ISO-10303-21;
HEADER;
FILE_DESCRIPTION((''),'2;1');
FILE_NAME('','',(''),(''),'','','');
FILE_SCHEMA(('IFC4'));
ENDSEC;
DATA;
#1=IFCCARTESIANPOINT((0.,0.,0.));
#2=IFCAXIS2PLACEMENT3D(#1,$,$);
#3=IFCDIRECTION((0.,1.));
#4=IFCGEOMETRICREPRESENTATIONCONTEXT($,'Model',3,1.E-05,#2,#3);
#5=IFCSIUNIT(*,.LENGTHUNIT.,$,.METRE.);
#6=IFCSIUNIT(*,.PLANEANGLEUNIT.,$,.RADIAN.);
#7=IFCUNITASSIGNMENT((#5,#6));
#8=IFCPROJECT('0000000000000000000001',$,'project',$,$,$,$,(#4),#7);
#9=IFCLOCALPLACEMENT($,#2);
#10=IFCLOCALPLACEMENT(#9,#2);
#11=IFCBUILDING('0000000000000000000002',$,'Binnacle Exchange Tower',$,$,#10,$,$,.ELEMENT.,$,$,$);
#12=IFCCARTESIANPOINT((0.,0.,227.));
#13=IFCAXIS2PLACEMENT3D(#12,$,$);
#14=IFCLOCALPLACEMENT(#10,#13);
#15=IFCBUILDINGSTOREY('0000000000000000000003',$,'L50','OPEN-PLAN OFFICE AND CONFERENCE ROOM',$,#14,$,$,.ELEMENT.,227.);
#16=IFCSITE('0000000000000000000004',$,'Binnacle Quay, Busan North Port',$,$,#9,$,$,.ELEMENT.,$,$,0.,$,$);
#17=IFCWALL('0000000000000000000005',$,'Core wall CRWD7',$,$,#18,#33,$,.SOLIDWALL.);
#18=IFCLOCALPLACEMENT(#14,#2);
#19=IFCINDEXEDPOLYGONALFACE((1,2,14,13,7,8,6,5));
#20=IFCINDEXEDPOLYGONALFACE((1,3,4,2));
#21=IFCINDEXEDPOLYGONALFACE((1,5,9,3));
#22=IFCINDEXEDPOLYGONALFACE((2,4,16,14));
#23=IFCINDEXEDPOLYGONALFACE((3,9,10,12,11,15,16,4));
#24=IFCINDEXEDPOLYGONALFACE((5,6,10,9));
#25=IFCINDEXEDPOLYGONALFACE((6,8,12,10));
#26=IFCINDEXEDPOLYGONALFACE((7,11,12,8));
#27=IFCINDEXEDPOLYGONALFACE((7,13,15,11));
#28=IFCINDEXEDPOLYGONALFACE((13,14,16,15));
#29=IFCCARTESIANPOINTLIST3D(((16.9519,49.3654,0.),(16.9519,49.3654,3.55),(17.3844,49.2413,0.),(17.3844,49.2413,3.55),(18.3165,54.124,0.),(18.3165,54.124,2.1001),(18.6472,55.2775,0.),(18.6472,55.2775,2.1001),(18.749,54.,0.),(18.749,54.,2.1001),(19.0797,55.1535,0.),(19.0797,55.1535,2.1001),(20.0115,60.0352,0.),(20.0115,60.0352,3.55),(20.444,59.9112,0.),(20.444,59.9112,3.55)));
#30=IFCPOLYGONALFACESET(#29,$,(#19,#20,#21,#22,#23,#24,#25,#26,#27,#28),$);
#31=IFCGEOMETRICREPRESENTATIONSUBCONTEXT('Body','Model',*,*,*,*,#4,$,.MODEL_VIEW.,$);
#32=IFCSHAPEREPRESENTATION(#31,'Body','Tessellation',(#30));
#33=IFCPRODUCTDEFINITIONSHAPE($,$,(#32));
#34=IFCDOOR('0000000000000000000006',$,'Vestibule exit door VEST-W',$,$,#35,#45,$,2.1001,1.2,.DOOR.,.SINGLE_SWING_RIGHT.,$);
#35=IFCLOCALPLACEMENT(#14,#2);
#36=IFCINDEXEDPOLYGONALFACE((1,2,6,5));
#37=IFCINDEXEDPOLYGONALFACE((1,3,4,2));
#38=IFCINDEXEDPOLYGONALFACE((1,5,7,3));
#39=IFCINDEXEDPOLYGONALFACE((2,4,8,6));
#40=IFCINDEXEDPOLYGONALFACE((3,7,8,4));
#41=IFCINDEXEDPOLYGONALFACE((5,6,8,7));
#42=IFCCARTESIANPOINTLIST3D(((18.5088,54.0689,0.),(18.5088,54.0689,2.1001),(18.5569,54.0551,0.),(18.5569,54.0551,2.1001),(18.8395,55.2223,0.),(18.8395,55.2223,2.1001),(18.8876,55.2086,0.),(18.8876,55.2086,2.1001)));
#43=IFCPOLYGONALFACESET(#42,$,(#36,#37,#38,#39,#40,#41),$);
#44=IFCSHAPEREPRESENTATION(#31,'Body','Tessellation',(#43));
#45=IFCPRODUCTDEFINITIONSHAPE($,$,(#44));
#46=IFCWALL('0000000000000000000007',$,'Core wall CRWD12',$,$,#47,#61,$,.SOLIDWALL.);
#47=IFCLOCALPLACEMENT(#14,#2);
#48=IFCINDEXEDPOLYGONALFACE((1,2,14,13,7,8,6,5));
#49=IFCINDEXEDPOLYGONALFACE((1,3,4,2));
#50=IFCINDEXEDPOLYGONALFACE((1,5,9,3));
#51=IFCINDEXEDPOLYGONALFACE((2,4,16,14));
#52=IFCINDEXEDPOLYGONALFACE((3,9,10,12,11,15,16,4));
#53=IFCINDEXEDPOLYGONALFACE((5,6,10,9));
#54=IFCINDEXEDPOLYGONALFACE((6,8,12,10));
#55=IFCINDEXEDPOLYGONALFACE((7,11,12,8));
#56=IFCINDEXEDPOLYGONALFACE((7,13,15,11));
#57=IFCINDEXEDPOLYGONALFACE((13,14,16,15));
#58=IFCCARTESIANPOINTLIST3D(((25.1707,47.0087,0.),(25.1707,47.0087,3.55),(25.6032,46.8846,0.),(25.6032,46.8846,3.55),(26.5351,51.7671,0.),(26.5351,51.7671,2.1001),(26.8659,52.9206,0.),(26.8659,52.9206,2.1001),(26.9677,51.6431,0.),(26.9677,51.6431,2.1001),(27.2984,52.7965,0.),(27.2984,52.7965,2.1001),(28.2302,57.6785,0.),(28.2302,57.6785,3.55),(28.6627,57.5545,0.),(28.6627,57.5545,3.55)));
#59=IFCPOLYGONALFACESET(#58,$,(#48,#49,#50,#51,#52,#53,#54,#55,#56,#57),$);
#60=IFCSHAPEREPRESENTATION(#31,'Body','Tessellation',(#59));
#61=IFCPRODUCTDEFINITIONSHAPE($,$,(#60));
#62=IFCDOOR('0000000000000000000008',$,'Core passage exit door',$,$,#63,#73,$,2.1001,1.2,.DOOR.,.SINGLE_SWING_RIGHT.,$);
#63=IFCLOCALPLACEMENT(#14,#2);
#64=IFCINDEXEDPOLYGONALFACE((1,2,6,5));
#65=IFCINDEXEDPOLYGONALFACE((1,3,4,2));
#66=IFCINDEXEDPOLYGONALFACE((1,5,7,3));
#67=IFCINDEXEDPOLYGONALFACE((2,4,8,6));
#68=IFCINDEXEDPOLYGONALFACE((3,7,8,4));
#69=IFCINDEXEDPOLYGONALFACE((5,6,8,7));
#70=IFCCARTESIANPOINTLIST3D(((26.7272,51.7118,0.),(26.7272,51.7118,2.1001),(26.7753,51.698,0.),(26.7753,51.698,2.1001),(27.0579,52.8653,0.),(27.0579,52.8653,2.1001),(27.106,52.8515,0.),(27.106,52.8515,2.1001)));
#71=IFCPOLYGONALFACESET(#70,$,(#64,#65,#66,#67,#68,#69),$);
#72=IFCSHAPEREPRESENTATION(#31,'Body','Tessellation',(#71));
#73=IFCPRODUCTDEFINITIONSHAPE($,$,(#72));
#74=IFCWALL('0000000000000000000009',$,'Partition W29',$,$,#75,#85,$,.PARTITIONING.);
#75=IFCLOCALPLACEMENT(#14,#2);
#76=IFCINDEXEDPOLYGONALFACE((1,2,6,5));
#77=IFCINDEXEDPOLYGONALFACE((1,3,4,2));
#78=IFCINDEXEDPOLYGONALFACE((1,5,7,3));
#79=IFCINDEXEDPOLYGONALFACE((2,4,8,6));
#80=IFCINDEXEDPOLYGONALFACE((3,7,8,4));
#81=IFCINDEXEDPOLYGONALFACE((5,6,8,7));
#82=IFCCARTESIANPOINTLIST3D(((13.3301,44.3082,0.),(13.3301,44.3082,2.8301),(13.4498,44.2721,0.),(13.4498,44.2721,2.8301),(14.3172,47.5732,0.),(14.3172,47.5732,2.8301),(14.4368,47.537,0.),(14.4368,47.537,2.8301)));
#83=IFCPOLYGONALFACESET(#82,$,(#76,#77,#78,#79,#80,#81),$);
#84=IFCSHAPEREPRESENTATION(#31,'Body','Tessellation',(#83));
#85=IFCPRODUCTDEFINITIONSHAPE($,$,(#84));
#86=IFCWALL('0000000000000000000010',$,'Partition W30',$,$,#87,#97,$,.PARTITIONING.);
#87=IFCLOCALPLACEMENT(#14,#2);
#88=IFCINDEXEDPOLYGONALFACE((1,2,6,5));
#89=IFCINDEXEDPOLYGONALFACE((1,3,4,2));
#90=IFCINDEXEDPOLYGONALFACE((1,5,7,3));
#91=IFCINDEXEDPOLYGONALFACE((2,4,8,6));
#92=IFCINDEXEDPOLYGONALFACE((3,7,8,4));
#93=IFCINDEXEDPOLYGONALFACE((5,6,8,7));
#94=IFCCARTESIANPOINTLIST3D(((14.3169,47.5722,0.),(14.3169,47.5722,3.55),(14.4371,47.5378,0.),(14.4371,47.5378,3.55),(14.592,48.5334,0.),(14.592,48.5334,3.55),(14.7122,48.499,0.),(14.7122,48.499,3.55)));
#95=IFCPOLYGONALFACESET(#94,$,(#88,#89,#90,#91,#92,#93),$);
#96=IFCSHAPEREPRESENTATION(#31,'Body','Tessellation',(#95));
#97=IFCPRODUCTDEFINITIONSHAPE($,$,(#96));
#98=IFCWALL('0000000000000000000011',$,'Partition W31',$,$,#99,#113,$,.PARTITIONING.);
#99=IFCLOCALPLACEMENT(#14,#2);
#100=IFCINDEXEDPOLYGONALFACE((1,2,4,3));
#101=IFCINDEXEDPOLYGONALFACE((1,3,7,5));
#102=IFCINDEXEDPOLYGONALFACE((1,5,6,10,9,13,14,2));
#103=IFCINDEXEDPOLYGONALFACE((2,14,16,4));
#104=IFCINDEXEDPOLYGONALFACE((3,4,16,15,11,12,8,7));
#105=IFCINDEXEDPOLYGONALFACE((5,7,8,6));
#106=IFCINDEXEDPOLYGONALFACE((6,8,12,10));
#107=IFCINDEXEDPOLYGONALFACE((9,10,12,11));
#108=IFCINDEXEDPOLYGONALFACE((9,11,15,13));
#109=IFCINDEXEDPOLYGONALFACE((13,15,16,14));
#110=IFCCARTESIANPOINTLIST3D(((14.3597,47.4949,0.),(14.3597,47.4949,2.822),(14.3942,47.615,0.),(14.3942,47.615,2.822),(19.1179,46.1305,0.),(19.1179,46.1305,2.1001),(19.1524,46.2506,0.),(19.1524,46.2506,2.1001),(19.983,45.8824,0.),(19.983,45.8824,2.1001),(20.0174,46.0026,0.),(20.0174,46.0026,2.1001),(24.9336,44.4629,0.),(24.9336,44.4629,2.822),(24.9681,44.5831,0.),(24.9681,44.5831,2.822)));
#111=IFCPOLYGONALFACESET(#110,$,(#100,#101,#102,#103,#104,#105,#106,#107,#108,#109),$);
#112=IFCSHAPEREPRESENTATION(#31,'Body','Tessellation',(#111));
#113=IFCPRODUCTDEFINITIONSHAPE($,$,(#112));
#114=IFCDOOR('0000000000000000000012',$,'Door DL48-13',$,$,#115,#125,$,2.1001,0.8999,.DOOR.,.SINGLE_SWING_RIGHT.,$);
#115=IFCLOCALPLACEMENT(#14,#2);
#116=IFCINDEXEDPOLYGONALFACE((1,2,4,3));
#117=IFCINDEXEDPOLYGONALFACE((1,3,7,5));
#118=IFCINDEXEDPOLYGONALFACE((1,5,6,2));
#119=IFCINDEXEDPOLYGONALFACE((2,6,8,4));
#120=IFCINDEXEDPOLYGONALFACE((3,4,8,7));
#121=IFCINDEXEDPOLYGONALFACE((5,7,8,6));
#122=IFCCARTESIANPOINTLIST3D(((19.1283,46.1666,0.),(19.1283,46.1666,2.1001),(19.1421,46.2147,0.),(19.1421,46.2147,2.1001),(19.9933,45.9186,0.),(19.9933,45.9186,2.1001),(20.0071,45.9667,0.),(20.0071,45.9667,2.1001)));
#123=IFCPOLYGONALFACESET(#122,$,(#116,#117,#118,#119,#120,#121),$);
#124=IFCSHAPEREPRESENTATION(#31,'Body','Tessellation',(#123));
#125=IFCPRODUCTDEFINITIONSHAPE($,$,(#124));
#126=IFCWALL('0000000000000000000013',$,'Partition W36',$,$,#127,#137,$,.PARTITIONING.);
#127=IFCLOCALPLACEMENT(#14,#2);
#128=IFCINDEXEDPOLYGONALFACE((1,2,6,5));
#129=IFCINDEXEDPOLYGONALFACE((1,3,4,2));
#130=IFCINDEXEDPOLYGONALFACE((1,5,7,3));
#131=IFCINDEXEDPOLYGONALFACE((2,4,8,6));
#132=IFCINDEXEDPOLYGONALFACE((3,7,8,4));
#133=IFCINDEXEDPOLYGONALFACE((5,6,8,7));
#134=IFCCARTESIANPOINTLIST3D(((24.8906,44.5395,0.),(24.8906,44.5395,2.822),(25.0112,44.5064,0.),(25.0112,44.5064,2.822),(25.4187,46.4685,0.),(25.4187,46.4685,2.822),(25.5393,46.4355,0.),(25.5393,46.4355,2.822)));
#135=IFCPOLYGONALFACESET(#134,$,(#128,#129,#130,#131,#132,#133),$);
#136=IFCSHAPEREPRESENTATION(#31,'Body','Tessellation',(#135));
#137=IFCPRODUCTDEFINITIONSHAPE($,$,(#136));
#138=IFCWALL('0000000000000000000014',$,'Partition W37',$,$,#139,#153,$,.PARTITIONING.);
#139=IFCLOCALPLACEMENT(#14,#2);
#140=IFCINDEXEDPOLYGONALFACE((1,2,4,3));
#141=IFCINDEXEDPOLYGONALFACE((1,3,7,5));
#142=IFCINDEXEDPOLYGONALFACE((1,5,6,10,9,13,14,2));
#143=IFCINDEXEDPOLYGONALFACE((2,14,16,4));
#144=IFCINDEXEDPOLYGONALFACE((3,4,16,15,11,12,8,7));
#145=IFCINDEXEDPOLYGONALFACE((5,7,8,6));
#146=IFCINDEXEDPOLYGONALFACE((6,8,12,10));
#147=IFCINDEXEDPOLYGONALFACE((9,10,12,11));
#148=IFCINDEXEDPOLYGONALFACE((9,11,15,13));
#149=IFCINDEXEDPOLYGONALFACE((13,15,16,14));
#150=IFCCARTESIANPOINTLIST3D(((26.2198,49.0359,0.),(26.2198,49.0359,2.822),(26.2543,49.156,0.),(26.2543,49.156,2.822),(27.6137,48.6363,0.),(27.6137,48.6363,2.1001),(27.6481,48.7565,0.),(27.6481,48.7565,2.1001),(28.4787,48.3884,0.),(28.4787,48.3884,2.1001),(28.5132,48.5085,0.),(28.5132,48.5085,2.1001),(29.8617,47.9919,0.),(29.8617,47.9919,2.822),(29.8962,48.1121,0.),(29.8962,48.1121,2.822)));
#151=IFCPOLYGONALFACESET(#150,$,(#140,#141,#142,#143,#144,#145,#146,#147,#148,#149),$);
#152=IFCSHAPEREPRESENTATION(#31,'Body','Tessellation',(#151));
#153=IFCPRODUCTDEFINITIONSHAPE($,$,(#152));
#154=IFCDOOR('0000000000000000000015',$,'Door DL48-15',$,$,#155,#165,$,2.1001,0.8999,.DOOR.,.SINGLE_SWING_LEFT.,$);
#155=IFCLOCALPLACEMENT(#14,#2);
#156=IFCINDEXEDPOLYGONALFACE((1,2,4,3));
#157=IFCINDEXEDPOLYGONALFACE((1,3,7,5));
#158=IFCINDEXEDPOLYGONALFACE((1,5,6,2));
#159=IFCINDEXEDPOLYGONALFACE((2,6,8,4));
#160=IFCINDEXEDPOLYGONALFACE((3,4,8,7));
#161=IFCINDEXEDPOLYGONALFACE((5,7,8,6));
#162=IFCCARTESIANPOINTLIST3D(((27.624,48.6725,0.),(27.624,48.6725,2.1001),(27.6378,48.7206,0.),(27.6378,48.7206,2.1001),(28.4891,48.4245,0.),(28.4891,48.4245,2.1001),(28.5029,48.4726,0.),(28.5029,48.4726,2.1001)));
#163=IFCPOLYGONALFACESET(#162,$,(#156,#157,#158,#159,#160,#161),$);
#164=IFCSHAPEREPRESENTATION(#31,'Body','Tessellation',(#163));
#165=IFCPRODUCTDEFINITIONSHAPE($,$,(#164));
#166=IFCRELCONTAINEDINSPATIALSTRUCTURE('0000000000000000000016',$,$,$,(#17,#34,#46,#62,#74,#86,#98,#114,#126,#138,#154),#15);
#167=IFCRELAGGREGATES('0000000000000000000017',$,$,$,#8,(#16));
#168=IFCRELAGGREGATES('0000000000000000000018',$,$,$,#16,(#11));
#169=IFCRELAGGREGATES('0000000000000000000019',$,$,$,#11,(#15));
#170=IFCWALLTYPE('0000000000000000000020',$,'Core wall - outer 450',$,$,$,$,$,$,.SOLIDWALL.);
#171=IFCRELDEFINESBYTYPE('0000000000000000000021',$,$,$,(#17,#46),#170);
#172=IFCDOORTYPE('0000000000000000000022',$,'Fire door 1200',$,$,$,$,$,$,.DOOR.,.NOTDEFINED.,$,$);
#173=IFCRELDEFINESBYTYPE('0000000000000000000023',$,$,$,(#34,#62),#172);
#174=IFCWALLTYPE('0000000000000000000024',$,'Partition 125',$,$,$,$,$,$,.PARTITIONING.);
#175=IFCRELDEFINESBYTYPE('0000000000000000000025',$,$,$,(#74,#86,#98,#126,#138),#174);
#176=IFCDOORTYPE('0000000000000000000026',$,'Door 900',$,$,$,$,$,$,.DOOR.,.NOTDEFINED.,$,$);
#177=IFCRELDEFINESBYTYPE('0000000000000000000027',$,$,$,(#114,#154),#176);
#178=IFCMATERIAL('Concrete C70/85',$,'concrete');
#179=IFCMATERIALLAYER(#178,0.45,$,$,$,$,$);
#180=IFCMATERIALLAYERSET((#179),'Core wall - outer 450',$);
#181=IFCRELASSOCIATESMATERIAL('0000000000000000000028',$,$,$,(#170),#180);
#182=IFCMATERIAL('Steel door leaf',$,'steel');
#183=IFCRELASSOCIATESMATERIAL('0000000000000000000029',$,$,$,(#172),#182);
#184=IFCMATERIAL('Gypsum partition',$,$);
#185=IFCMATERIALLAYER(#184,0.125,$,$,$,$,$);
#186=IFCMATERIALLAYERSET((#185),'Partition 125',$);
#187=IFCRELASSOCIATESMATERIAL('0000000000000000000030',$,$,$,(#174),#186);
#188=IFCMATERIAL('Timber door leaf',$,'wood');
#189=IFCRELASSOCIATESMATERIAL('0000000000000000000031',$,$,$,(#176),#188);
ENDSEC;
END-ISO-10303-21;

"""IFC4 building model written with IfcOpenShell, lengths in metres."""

from ifc_helpers import new_model, si_unit, direction, frame, frame_2d, origin, place, context, subcontext, project, spatial, rectangle, extrude, material, layer, layer_set, type_object, element, fill, save


model = new_model("IFC4")

# Units and contexts
model_context = context("Model", 3, precision=1e-05, world=origin(), true_north=direction((0.0, 1.0)))
body_context = subcontext(model_context, "Body", "Model", "MODEL_VIEW")
ifc_project = project(units=[si_unit("LENGTHUNIT", "METRE"), si_unit("PLANEANGLEUNIT", "RADIAN")], contexts=[model_context])

# Site, building, storey
site_placement = place(None, origin())
site = spatial("IfcSite", under=ifc_project, at=site_placement, Name="Binnacle Quay, Busan North Port", CompositionType="ELEMENT", RefElevation=0.0)
building_placement = place(site_placement, origin())
building = spatial("IfcBuilding", under=site, at=building_placement, Name="Binnacle Exchange Tower", CompositionType="ELEMENT")
storey_placement = place(building_placement, frame((0.0, 0.0, 227.0)))
storey = spatial("IfcBuildingStorey", under=building, at=storey_placement, Name="L50", Description="OPEN-PLAN OFFICE AND CONFERENCE ROOM", CompositionType="ELEMENT", Elevation=227.0)

# Shared definitions
ifc_material_1 = material(Name="Concrete C70/85", Category="concrete")
ifc_layer_1 = layer(ifc_material_1, 0.45)
ifc_layer_set_1 = layer_set([ifc_layer_1], Name="Core wall - outer 450")
wall_type_1 = type_object("IfcWallType", Name="Core wall - outer 450", PredefinedType="SOLIDWALL", material=ifc_layer_set_1)

# Walls, openings, doors
wall_1_placement = place(storey_placement, frame((17.1682, 49.3035, 0.0), z_axis=(0.0, 0.0, 1.0), x_axis=(0.275639, 0.961261, 0.0)))
wall_1 = element("IfcWall", 1, at=wall_1_placement, inside=storey, type_object=wall_type_1, Name="Core wall CRWD7", PredefinedType="SOLIDWALL", context=body_context, shape_type="SweptSolid", body=[
    extrude(rectangle(XDim=11.0999, YDim=0.45, at=frame_2d((5.5498, 0.0))), origin(), (0.0, 0.0, 1.0), 3.55),
])
opening_1_placement = place(wall_1_placement, frame((4.9502, 0.0, 0.0)))
opening_1 = element("IfcOpeningElement", 2, at=opening_1_placement, cuts=wall_1, PredefinedType="OPENING", context=body_context, shape_type="SweptSolid", body=[
    extrude(rectangle(XDim=1.2, YDim=2.1001, at=frame_2d((0.6001, 1.05))), frame((0.0, 0.2349, 0.0), z_axis=(0.0, -1.0, 0.0), x_axis=(1.0, 0.0, 0.0)), (0.0, 0.0, 1.0), 0.47),
])
ifc_material_2 = material(Name="Steel door leaf", Category="steel")
door_type_1 = type_object("IfcDoorType", Name="Fire door 1200", OperationType="NOTDEFINED", PredefinedType="DOOR", material=ifc_material_2)
door_1_placement = place(opening_1_placement, origin())
door_1 = element("IfcDoor", 3, at=door_1_placement, inside=storey, type_object=door_type_1, Name="Vestibule exit door VEST-W", OperationType="SINGLE_SWING_RIGHT", OverallHeight=2.1001, OverallWidth=1.2, PredefinedType="DOOR", context=body_context, shape_type="SweptSolid", body=[
    extrude(rectangle(XDim=1.2, YDim=2.1001, at=frame_2d((0.6001, 1.05))), frame((0.0, 0.0249, 0.0), z_axis=(0.0, -1.0, 0.0), x_axis=(1.0, 0.0, 0.0)), (0.0, 0.0, 1.0), 0.05),
])
fill(opening_1, door_1)
wall_2_placement = place(storey_placement, frame((25.387, 46.9468, 0.0), z_axis=(0.0, 0.0, 1.0), x_axis=(0.275639, 0.961261, 0.0)))
wall_2 = element("IfcWall", 4, at=wall_2_placement, inside=storey, type_object=wall_type_1, Name="Core wall CRWD12", PredefinedType="SOLIDWALL", context=body_context, shape_type="SweptSolid", body=[
    extrude(rectangle(XDim=11.0999, YDim=0.45, at=frame_2d((5.5498, 0.0))), origin(), (0.0, 0.0, 1.0), 3.55),
])
opening_2_placement = place(wall_2_placement, frame((4.95, 0.0, 0.0)))
opening_2 = element("IfcOpeningElement", 5, at=opening_2_placement, cuts=wall_2, PredefinedType="OPENING", context=body_context, shape_type="SweptSolid", body=[
    extrude(rectangle(XDim=1.2, YDim=2.1001, at=frame_2d((0.6001, 1.05))), frame((0.0, 0.2349, 0.0), z_axis=(0.0, -1.0, 0.0), x_axis=(1.0, 0.0, 0.0)), (0.0, 0.0, 1.0), 0.47),
])
door_2_placement = place(opening_2_placement, frame((1.2, 0.0, 0.0), z_axis=(0.0, 0.0, 1.0), x_axis=(-1.0, 0.0, 0.0)))
door_2 = element("IfcDoor", 6, at=door_2_placement, inside=storey, type_object=door_type_1, Name="Core passage exit door", OperationType="SINGLE_SWING_RIGHT", OverallHeight=2.1001, OverallWidth=1.2, PredefinedType="DOOR", context=body_context, shape_type="SweptSolid", body=[
    extrude(rectangle(XDim=1.2, YDim=2.1001, at=frame_2d((0.6001, 1.05))), frame((0.0, 0.0249, 0.0), z_axis=(0.0, -1.0, 0.0), x_axis=(1.0, 0.0, 0.0)), (0.0, 0.0, 1.0), 0.05),
])
fill(opening_2, door_2)

# Walls
ifc_material_3 = material(Name="Gypsum partition")
ifc_layer_2 = layer(ifc_material_3, 0.125)
ifc_layer_set_2 = layer_set([ifc_layer_2], Name="Partition 125")
wall_type_2 = type_object("IfcWallType", Name="Partition 125", PredefinedType="PARTITIONING", material=ifc_layer_set_2)
wall_3_placement = place(storey_placement, frame((13.3899, 44.29, 0.0), z_axis=(0.0, 0.0, 1.0), x_axis=(0.28939, 0.957211, 0.0)))
element("IfcWall", 7, at=wall_3_placement, inside=storey, type_object=wall_type_2, Name="Partition W29", PredefinedType="PARTITIONING", context=body_context, shape_type="SweptSolid", body=[
    extrude(rectangle(XDim=3.4109, YDim=0.125, at=frame_2d((1.7056, 0.0))), origin(), (0.0, 0.0, 1.0), 2.8301),
])
wall_4_placement = place(storey_placement, frame((14.377, 47.5549, 0.0), z_axis=(0.0, 0.0, 1.0), x_axis=(0.275205, 0.961386, 0.0)))
element("IfcWall", 8, at=wall_4_placement, inside=storey, type_object=wall_type_2, Name="Partition W30", PredefinedType="PARTITIONING", context=body_context, shape_type="SweptSolid", body=[
    extrude(rectangle(XDim=0.9998, YDim=0.125, at=frame_2d((0.5, 0.0))), origin(), (0.0, 0.0, 1.0), 3.55),
])

# Wall, opening, door
wall_5_placement = place(storey_placement, frame((14.377, 47.5549, 0.0), z_axis=(0.0, 0.0, 1.0), x_axis=(0.961263, -0.275633, 0.0)))
wall_5 = element("IfcWall", 9, at=wall_5_placement, inside=storey, type_object=wall_type_2, Name="Partition W31", PredefinedType="PARTITIONING", context=body_context, shape_type="SweptSolid", body=[
    extrude(rectangle(XDim=11.0, YDim=0.125, at=frame_2d((5.5, 0.0))), origin(), (0.0, 0.0, 1.0), 2.822),
])
opening_3_placement = place(wall_5_placement, frame((4.95, 0.0, 0.0)))
opening_3 = element("IfcOpeningElement", 10, at=opening_3_placement, cuts=wall_5, PredefinedType="OPENING", context=body_context, shape_type="SweptSolid", body=[
    extrude(rectangle(XDim=0.8999, YDim=2.1001, at=frame_2d((0.45, 1.05))), frame((0.0, 0.0725, 0.0), z_axis=(0.0, -1.0, 0.0), x_axis=(1.0, 0.0, 0.0)), (0.0, 0.0, 1.0), 0.145),
])
ifc_material_4 = material(Name="Timber door leaf", Category="wood")
door_type_2 = type_object("IfcDoorType", Name="Door 900", OperationType="NOTDEFINED", PredefinedType="DOOR", material=ifc_material_4)
door_3_placement = place(opening_3_placement, frame((0.8999, 0.0, 0.0), z_axis=(0.0, 0.0, 1.0), x_axis=(-1.0, 0.0, 0.0)))
door_3 = element("IfcDoor", 11, at=door_3_placement, inside=storey, type_object=door_type_2, Name="Door DL48-13", OperationType="SINGLE_SWING_RIGHT", OverallHeight=2.1001, OverallWidth=0.8999, PredefinedType="DOOR", context=body_context, shape_type="SweptSolid", body=[
    extrude(rectangle(XDim=0.8999, YDim=2.1001, at=frame_2d((0.45, 1.05))), frame((0.0, 0.0249, 0.0), z_axis=(0.0, -1.0, 0.0), x_axis=(1.0, 0.0, 0.0)), (0.0, 0.0, 1.0), 0.05),
])
fill(opening_3, door_3)

# Wall
wall_6_placement = place(storey_placement, frame((24.9509, 44.5229, 0.0), z_axis=(0.0, 0.0, 1.0), x_axis=(0.264047, 0.96451, 0.0)))
element("IfcWall", 12, at=wall_6_placement, inside=storey, type_object=wall_type_2, Name="Partition W36", PredefinedType="PARTITIONING", context=body_context, shape_type="SweptSolid", body=[
    extrude(rectangle(XDim=2.0, YDim=0.125, at=frame_2d((1.0, 0.0))), origin(), (0.0, 0.0, 1.0), 2.822),
])

# Wall, opening, door
wall_7_placement = place(storey_placement, frame((26.2371, 49.0959, 0.0), z_axis=(0.0, 0.0, 1.0), x_axis=(0.961285, -0.275555, 0.0)))
wall_7 = element("IfcWall", 13, at=wall_7_placement, inside=storey, type_object=wall_type_2, Name="Partition W37", PredefinedType="PARTITIONING", context=body_context, shape_type="SweptSolid", body=[
    extrude(rectangle(XDim=3.7886, YDim=0.125, at=frame_2d((1.8943, 0.0))), origin(), (0.0, 0.0, 1.0), 2.822),
])
opening_4_placement = place(wall_7_placement, frame((1.45, 0.0, 0.0)))
opening_4 = element("IfcOpeningElement", 14, at=opening_4_placement, cuts=wall_7, PredefinedType="OPENING", context=body_context, shape_type="SweptSolid", body=[
    extrude(rectangle(XDim=0.8999, YDim=2.1001, at=frame_2d((0.45, 1.05))), frame((0.0, 0.0725, 0.0), z_axis=(0.0, -1.0, 0.0), x_axis=(1.0, 0.0, 0.0)), (0.0, 0.0, 1.0), 0.145),
])
door_4_placement = place(opening_4_placement, frame((0.8999, 0.0, 0.0), z_axis=(0.0, 0.0, 1.0), x_axis=(-1.0, 0.0, 0.0)))
door_4 = element("IfcDoor", 15, at=door_4_placement, inside=storey, type_object=door_type_2, Name="Door DL48-15", OperationType="SINGLE_SWING_LEFT", OverallHeight=2.1001, OverallWidth=0.8999, PredefinedType="DOOR", context=body_context, shape_type="SweptSolid", body=[
    extrude(rectangle(XDim=0.8999, YDim=2.1001, at=frame_2d((0.45, 1.05))), frame((0.0, 0.0249, 0.0), z_axis=(0.0, -1.0, 0.0), x_axis=(1.0, 0.0, 0.0)), (0.0, 0.0, 1.0), 0.05),
])
fill(opening_4, door_4)

save(model, "model.ifc")
